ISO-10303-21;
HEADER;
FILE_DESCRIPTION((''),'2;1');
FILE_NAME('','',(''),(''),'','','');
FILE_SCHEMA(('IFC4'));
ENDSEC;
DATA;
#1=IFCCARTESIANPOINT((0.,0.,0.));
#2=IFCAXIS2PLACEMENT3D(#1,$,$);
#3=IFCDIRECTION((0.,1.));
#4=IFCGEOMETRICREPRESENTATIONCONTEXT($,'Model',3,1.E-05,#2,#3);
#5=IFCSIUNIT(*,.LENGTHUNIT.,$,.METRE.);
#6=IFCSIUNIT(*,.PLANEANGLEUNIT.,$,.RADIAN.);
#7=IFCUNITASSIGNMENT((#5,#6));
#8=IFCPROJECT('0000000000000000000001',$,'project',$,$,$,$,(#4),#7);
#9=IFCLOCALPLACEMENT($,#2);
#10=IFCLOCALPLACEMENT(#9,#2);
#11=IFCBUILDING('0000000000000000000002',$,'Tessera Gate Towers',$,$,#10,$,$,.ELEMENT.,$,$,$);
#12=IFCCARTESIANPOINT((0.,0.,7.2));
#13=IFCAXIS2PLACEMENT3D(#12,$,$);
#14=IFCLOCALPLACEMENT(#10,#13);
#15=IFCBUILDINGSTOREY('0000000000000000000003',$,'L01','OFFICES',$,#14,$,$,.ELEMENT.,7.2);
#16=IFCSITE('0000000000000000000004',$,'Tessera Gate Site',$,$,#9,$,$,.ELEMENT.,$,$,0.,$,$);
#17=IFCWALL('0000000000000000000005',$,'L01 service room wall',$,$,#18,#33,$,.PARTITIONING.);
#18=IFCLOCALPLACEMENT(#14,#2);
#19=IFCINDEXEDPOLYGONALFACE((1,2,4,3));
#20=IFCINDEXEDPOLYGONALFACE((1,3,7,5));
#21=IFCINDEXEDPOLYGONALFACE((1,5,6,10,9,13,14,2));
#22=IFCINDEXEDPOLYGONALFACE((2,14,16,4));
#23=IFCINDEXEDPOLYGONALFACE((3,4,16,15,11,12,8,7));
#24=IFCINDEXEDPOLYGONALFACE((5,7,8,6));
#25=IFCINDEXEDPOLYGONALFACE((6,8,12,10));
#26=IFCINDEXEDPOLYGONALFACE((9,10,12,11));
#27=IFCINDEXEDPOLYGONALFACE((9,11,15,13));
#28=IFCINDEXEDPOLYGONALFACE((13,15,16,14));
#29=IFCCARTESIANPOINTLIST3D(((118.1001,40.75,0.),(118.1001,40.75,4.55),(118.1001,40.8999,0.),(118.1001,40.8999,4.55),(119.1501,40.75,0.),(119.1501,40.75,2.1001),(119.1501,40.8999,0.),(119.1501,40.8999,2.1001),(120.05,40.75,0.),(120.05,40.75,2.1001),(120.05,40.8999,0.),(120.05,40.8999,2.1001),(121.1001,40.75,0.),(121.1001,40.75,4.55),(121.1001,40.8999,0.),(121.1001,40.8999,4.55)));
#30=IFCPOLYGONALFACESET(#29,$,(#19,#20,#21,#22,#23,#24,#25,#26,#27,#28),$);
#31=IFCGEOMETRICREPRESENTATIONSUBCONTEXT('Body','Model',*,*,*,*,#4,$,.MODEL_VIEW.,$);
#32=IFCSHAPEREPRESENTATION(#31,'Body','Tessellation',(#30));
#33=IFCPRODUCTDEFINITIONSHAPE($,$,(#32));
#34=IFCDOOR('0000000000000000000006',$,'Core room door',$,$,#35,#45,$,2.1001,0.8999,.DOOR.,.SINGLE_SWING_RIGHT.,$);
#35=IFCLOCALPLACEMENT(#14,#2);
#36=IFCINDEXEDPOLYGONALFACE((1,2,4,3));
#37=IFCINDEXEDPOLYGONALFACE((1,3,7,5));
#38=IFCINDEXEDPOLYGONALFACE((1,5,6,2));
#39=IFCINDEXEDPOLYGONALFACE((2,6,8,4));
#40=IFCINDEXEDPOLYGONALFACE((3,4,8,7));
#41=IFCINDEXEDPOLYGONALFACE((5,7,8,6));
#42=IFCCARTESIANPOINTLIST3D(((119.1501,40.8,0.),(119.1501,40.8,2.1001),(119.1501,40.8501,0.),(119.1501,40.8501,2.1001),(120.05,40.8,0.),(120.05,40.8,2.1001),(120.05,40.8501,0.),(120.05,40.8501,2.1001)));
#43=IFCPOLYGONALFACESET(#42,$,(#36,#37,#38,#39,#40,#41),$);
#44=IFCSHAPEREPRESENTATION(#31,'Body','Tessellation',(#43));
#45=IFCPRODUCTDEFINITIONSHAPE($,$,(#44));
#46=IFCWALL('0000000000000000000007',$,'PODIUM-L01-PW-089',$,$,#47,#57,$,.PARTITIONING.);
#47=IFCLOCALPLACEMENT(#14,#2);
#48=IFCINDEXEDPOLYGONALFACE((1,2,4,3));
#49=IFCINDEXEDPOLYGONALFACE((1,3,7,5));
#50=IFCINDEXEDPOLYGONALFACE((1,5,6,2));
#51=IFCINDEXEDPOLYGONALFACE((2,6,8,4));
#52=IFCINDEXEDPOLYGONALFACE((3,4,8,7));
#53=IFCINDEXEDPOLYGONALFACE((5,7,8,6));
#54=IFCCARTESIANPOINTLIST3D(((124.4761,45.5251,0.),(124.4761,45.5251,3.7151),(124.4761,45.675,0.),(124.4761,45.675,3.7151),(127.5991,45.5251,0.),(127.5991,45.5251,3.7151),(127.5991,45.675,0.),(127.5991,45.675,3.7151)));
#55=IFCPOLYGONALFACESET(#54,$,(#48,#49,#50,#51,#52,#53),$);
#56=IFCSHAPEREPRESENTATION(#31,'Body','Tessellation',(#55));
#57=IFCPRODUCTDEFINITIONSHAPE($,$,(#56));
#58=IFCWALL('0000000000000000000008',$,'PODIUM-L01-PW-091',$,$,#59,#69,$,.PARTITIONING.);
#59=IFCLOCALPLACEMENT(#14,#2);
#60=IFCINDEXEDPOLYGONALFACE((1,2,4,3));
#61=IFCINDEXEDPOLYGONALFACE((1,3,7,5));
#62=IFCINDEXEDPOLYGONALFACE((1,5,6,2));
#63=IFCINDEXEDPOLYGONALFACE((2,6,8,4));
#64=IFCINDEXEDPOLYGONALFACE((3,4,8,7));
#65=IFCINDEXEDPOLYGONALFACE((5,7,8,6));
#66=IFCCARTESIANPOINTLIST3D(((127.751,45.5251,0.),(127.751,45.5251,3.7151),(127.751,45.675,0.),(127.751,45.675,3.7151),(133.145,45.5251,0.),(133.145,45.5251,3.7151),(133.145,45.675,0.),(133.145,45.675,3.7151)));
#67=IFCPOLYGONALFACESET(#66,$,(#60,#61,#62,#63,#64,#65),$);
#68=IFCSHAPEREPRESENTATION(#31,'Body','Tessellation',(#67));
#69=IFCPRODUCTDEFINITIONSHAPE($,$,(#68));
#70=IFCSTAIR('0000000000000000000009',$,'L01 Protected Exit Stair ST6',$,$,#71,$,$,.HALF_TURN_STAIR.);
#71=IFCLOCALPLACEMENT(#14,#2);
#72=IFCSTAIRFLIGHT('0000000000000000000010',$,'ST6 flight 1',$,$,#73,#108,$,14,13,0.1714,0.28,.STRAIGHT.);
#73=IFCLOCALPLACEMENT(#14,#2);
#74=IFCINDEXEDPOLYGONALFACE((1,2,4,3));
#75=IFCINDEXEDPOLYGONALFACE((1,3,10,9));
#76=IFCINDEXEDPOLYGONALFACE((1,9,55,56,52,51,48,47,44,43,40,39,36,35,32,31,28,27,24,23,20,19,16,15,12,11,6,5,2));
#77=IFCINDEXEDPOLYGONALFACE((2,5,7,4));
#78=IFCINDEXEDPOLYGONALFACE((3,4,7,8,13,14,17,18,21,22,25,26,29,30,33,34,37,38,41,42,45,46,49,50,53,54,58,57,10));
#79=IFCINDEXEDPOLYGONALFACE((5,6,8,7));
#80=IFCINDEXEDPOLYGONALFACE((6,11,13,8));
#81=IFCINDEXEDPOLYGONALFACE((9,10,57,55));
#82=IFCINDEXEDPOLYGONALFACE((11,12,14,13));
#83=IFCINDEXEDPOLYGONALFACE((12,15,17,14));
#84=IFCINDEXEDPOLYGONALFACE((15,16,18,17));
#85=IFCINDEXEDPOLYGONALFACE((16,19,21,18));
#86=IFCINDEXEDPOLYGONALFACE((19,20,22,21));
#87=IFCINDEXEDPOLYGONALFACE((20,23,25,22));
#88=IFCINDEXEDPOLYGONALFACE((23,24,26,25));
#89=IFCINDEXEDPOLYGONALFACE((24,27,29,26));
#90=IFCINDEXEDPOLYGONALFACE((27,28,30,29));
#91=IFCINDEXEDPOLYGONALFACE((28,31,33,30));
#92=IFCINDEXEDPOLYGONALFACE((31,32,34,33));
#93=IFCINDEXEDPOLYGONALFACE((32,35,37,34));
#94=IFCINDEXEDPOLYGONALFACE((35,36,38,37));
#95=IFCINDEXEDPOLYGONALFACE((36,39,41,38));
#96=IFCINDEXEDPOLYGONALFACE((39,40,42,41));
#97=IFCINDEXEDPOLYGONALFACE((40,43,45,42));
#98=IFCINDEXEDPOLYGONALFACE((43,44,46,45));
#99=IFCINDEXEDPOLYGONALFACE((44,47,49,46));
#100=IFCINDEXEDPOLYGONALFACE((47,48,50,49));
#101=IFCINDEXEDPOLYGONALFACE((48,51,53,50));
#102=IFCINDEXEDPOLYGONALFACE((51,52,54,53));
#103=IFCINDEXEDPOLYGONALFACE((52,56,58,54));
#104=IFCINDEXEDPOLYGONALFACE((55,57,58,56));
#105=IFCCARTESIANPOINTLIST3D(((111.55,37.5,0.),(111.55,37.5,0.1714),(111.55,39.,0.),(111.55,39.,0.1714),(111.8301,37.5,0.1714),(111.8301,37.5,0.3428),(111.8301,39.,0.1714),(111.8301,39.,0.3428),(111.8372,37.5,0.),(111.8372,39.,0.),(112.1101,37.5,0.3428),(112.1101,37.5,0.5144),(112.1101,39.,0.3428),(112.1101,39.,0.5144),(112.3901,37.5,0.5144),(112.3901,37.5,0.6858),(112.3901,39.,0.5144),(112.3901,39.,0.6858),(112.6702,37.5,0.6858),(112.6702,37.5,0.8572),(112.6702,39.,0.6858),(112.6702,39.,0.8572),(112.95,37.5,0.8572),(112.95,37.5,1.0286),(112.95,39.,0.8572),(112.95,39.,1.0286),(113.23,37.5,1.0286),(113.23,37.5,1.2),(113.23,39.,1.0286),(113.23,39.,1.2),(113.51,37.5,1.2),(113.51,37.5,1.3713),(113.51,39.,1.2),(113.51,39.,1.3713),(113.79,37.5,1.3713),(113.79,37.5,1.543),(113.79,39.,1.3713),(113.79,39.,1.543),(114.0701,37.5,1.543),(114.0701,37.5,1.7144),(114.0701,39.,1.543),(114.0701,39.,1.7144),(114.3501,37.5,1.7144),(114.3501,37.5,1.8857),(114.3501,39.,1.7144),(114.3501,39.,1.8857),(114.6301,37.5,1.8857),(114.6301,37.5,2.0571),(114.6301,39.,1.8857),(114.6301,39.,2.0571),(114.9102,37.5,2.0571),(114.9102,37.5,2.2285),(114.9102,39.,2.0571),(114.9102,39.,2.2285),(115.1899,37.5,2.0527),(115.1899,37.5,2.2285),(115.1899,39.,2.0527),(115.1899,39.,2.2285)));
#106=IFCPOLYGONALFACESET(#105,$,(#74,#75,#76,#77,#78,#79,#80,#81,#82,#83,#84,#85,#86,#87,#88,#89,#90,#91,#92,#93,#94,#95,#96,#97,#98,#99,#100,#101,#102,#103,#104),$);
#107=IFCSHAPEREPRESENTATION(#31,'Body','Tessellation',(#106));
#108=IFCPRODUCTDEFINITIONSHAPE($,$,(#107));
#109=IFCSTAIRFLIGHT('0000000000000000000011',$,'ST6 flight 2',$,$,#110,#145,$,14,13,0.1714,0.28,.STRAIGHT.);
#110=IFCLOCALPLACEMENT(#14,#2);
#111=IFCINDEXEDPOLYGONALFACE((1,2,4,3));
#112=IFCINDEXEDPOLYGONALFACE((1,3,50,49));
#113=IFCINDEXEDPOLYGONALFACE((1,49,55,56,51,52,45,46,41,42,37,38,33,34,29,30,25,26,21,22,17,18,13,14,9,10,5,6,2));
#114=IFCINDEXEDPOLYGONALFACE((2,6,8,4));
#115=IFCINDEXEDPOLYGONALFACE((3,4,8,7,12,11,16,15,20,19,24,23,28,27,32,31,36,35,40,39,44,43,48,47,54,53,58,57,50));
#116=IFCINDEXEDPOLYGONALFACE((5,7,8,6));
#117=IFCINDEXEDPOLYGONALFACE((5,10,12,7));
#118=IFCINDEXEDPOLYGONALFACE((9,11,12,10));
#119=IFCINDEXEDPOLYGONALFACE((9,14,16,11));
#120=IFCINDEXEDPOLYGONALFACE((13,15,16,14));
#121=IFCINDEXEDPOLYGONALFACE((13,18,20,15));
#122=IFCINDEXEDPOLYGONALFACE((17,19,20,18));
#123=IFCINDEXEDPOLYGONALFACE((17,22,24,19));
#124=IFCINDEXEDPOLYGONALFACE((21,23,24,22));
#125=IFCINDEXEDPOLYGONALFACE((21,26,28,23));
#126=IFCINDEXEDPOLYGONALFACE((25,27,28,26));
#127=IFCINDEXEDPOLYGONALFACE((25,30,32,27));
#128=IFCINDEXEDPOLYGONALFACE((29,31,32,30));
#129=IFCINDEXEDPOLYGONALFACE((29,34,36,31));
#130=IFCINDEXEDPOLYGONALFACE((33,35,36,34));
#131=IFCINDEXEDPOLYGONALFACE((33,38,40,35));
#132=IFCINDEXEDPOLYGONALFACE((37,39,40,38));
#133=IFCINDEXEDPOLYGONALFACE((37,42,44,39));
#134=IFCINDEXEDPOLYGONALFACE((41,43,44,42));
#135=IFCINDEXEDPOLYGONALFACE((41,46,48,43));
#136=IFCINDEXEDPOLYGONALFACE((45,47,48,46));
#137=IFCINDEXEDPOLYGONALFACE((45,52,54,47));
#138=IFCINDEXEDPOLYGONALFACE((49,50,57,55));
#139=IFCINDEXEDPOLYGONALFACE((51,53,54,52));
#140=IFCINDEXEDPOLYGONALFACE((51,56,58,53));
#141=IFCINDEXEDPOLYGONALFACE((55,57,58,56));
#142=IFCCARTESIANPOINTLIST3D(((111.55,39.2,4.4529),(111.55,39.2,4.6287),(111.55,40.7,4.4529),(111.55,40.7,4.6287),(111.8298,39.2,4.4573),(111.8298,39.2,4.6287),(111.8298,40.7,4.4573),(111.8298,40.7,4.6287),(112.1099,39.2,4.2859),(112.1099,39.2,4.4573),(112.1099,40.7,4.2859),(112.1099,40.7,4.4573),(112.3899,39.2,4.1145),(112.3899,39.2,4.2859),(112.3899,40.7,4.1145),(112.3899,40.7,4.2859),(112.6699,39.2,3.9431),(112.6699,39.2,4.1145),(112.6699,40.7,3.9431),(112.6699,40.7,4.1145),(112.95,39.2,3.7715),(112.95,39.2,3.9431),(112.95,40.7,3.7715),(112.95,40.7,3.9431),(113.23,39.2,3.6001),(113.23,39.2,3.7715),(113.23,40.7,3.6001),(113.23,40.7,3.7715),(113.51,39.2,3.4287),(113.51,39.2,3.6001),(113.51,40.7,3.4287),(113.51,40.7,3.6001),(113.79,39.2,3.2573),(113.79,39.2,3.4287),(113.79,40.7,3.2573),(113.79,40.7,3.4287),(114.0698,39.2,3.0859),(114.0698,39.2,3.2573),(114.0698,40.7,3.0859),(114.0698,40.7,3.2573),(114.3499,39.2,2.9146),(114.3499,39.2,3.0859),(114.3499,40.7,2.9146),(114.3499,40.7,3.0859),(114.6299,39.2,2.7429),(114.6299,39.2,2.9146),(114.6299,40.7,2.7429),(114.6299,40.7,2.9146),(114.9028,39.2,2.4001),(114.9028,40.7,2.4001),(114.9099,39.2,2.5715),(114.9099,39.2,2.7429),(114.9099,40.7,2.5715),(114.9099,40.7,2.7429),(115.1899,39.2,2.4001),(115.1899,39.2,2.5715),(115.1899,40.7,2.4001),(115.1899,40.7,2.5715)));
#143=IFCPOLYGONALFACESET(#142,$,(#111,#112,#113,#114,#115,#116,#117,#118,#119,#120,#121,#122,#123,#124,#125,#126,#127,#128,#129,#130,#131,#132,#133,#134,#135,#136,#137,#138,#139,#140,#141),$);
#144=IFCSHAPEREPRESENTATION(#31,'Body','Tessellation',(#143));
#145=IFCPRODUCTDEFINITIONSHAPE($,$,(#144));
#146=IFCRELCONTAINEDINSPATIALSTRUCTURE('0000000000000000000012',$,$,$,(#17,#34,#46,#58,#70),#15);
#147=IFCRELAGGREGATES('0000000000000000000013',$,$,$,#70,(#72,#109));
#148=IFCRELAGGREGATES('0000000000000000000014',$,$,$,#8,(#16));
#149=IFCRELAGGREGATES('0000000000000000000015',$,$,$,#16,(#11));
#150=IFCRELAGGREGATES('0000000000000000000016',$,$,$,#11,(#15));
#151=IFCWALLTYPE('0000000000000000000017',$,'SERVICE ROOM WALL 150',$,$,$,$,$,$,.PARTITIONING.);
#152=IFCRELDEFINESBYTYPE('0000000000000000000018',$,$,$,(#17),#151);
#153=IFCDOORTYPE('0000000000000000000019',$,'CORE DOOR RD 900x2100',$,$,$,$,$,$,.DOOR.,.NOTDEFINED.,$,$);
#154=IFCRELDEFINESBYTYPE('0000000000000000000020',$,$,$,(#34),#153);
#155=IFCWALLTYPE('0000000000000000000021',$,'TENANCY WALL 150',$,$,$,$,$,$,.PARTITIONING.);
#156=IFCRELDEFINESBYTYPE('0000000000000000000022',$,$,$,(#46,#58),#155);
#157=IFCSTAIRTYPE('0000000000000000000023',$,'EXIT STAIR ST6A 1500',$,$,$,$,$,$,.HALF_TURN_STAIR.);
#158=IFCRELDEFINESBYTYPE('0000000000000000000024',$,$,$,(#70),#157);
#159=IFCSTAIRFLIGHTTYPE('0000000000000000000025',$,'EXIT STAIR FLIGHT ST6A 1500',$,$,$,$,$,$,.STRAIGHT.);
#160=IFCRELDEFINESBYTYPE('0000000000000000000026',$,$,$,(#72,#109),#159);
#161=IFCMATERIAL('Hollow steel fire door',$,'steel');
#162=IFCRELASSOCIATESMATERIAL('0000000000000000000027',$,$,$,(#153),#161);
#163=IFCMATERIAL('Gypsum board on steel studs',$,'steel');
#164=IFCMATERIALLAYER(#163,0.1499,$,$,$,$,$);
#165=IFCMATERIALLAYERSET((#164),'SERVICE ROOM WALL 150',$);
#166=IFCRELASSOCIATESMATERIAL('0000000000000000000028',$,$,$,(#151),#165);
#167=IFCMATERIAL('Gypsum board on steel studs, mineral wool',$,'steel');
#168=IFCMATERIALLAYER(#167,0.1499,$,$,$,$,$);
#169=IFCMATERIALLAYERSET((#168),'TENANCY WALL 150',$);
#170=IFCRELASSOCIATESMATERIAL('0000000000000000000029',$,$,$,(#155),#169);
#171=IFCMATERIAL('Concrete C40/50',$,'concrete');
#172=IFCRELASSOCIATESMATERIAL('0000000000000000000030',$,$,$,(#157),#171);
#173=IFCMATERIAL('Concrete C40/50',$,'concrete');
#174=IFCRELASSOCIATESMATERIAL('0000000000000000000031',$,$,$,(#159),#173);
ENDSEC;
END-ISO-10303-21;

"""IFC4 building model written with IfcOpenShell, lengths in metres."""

from ifc_helpers import new_model, si_unit, direction, frame, frame_2d, origin, place, context, subcontext, project, spatial, polyline, rectangle, outline, extrude, source, transform, mapped, material, layer, layer_set, type_object, element, fill, aggregate, save


model = new_model("IFC4")

# Units and contexts
model_context = context("Model", 3, precision=1e-05, world=origin(), true_north=direction((0.0, 1.0)))
body_context = subcontext(model_context, "Body", "Model", "MODEL_VIEW")
ifc_project = project(units=[si_unit("LENGTHUNIT", "METRE"), si_unit("PLANEANGLEUNIT", "RADIAN")], contexts=[model_context])

# Site, building, storey
site_placement = place(None, origin())
site = spatial("IfcSite", under=ifc_project, at=site_placement, Name="Tessera Gate Site", CompositionType="ELEMENT", RefElevation=0.0)
building_placement = place(site_placement, origin())
building = spatial("IfcBuilding", under=site, at=building_placement, Name="Tessera Gate Towers", CompositionType="ELEMENT")
storey_placement = place(building_placement, frame((0.0, 0.0, 7.2)))
storey = spatial("IfcBuildingStorey", under=building, at=storey_placement, Name="L01", Description="OFFICES", CompositionType="ELEMENT", Elevation=7.2)

# Shared definitions
ifc_material_1 = material(Name="Hollow steel fire door", Category="steel")
door_type_1 = type_object("IfcDoorType", Name="CORE DOOR RD 900x2100", OperationType="NOTDEFINED", PredefinedType="DOOR", material=ifc_material_1)
shared_shape_1 = source(origin(), body_context, "Body", "SweptSolid", [
    extrude(rectangle(XDim=0.8999, YDim=2.1001, at=frame_2d((0.45, 1.05))), frame((0.0, 0.0249, 0.0), z_axis=(0.0, -1.0, 0.0), x_axis=(1.0, 0.0, 0.0)), (0.0, 0.0, 1.0), 0.05),
])

# Wall, opening, door
ifc_material_2 = material(Name="Gypsum board on steel studs", Category="steel")
ifc_layer_1 = layer(ifc_material_2, 0.1499)
ifc_layer_set_1 = layer_set([ifc_layer_1], Name="SERVICE ROOM WALL 150")
wall_type_1 = type_object("IfcWallType", Name="SERVICE ROOM WALL 150", PredefinedType="PARTITIONING", material=ifc_layer_set_1)
wall_1_placement = place(storey_placement, frame((121.1001, 40.825, 0.0), z_axis=(0.0, 0.0, 1.0), x_axis=(-1.0, 0.0, 0.0)))
wall_1 = element("IfcWall", 1, at=wall_1_placement, inside=storey, type_object=wall_type_1, Name="L01 service room wall", PredefinedType="PARTITIONING", context=body_context, shape_type="SweptSolid", body=[
    extrude(rectangle(XDim=3.0, YDim=0.1499, at=frame_2d((1.5, 0.0))), origin(), (0.0, 0.0, 1.0), 4.55),
])
shared_shape_2 = source(origin(), body_context, "Body", "SweptSolid", [
    extrude(rectangle(XDim=0.8999, YDim=2.1001, at=frame_2d((0.45, 1.05))), frame((0.0, 0.085, 0.0), z_axis=(0.0, -1.0, 0.0), x_axis=(1.0, 0.0, 0.0)), (0.0, 0.0, 1.0), 0.1699),
])
opening_1_placement = place(wall_1_placement, frame((1.05, 0.0, 0.0)))
opening_1 = element("IfcOpeningElement", 2, at=opening_1_placement, cuts=wall_1, PredefinedType="OPENING", context=body_context, shape_type="MappedRepresentation", body=[
    mapped(shared_shape_2, transform((0.0, 0.0, 0.0), scale=1.0)),
])
door_1_placement = place(opening_1_placement, origin())
door_1 = element("IfcDoor", 3, at=door_1_placement, inside=storey, type_object=door_type_1, Name="Core room door", OperationType="SINGLE_SWING_RIGHT", OverallHeight=2.1001, OverallWidth=0.8999, PredefinedType="DOOR", context=body_context, shape_type="MappedRepresentation", body=[
    mapped(shared_shape_1, transform((0.0, 0.0, 0.0), scale=1.0)),
])
fill(opening_1, door_1)

# Walls
ifc_material_3 = material(Name="Gypsum board on steel studs, mineral wool", Category="steel")
ifc_layer_2 = layer(ifc_material_3, 0.1499)
ifc_layer_set_2 = layer_set([ifc_layer_2], Name="TENANCY WALL 150")
wall_type_2 = type_object("IfcWallType", Name="TENANCY WALL 150", PredefinedType="PARTITIONING", material=ifc_layer_set_2)
wall_2_placement = place(storey_placement, frame((124.4761, 45.6001, 0.0), z_axis=(0.0, 0.0, 1.0), x_axis=(1.0, 0.0, 0.0)))
element("IfcWall", 4, at=wall_2_placement, inside=storey, type_object=wall_type_2, Name="PODIUM-L01-PW-089", PredefinedType="PARTITIONING", context=body_context, shape_type="SweptSolid", body=[
    extrude(rectangle(XDim=3.123, YDim=0.1499, at=frame_2d((1.5615, 0.0))), origin(), (0.0, 0.0, 1.0), 3.7151),
])
wall_3_placement = place(storey_placement, frame((127.751, 45.6001, 0.0), z_axis=(0.0, 0.0, 1.0), x_axis=(1.0, 0.0, 0.0)))
element("IfcWall", 5, at=wall_3_placement, inside=storey, type_object=wall_type_2, Name="PODIUM-L01-PW-091", PredefinedType="PARTITIONING", context=body_context, shape_type="SweptSolid", body=[
    extrude(rectangle(XDim=5.394, YDim=0.1499, at=frame_2d((2.697, 0.0))), origin(), (0.0, 0.0, 1.0), 3.7151),
])

# Stair, stair flights
ifc_material_4 = material(Name="Concrete C40/50", Category="concrete")
stair_type = type_object("IfcStairType", Name="EXIT STAIR ST6A 1500", PredefinedType="HALF_TURN_STAIR", material=ifc_material_4)
stair_placement = place(storey_placement, origin())
stair = element("IfcStair", 6, at=stair_placement, inside=storey, type_object=stair_type, Name="L01 Protected Exit Stair ST6", PredefinedType="HALF_TURN_STAIR")
ifc_material_5 = material(Name="Concrete C40/50", Category="concrete")
stair_flight_type = type_object("IfcStairFlightType", Name="EXIT STAIR FLIGHT ST6A 1500", PredefinedType="STRAIGHT", material=ifc_material_5)
stair_flight_1_placement = place(storey_placement, frame((111.55, 38.25, 0.0), z_axis=(0.0, 0.0, 1.0), x_axis=(1.0, 0.0, 0.0)))
stair_flight_1 = element("IfcStairFlight", 7, at=stair_flight_1_placement, type_object=stair_flight_type, Name="ST6 flight 1", NumberOfRisers=14, NumberOfTreads=13, PredefinedType="STRAIGHT", RiserHeight=0.1714, TreadLength=0.28, context=body_context, shape_type="SweptSolid", body=[
    extrude(outline(polyline([(0.0, 0.0), (0.0, 0.1714), (0.28, 0.1714), (0.28, 0.3428), (0.5601, 0.3428), (0.5601, 0.5144), (0.8401, 0.5144), (0.8401, 0.6858), (1.1201, 0.6858), (1.1201, 0.8572), (1.3999, 0.8572), (1.3999, 1.0286), (1.6799, 1.0286), (1.6799, 1.2), (1.96, 1.2), (1.96, 1.3713), (2.24, 1.3713), (2.24, 1.543), (2.52, 1.543), (2.52, 1.7144), (2.8, 1.7144), (2.8, 1.8857), (3.0801, 1.8857), (3.0801, 2.0571), (3.3601, 2.0571), (3.3601, 2.2285), (3.6399, 2.2285), (3.6399, 2.3999), (3.6399, 2.0527), (0.2871, 0.0), (0.0, 0.0)])), frame((0.0, 0.75, 0.0), z_axis=(0.0, -1.0, 0.0), x_axis=(1.0, 0.0, 0.0)), (0.0, 0.0, 1.0), 1.5),
])
stair_flight_2_placement = place(storey_placement, frame((115.1899, 39.95, 2.4001), z_axis=(0.0, 0.0, 1.0), x_axis=(-1.0, 0.0, 0.0)))
stair_flight_2 = element("IfcStairFlight", 8, at=stair_flight_2_placement, type_object=stair_flight_type, Name="ST6 flight 2", NumberOfRisers=14, NumberOfTreads=13, PredefinedType="STRAIGHT", RiserHeight=0.1714, TreadLength=0.28, context=body_context, shape_type="SweptSolid", body=[
    extrude(outline(polyline([(0.0, 0.0), (0.0, 0.1714), (0.28, 0.1714), (0.28, 0.3428), (0.5601, 0.3428), (0.5601, 0.5144), (0.8401, 0.5144), (0.8401, 0.6858), (1.1201, 0.6858), (1.1201, 0.8572), (1.3999, 0.8572), (1.3999, 1.0286), (1.6799, 1.0286), (1.6799, 1.2), (1.96, 1.2), (1.96, 1.3713), (2.24, 1.3713), (2.24, 1.543), (2.52, 1.543), (2.52, 1.7144), (2.8, 1.7144), (2.8, 1.8857), (3.0801, 1.8857), (3.0801, 2.0571), (3.3601, 2.0571), (3.3601, 2.2285), (3.6399, 2.2285), (3.6399, 2.3999), (3.6399, 2.0527), (0.2871, 0.0), (0.0, 0.0)])), frame((0.0, 0.75, 0.0), z_axis=(0.0, -1.0, 0.0), x_axis=(1.0, 0.0, 0.0)), (0.0, 0.0, 1.0), 1.5),
])
aggregate(stair, [stair_flight_1, stair_flight_2])

save(model, "model.ifc")
